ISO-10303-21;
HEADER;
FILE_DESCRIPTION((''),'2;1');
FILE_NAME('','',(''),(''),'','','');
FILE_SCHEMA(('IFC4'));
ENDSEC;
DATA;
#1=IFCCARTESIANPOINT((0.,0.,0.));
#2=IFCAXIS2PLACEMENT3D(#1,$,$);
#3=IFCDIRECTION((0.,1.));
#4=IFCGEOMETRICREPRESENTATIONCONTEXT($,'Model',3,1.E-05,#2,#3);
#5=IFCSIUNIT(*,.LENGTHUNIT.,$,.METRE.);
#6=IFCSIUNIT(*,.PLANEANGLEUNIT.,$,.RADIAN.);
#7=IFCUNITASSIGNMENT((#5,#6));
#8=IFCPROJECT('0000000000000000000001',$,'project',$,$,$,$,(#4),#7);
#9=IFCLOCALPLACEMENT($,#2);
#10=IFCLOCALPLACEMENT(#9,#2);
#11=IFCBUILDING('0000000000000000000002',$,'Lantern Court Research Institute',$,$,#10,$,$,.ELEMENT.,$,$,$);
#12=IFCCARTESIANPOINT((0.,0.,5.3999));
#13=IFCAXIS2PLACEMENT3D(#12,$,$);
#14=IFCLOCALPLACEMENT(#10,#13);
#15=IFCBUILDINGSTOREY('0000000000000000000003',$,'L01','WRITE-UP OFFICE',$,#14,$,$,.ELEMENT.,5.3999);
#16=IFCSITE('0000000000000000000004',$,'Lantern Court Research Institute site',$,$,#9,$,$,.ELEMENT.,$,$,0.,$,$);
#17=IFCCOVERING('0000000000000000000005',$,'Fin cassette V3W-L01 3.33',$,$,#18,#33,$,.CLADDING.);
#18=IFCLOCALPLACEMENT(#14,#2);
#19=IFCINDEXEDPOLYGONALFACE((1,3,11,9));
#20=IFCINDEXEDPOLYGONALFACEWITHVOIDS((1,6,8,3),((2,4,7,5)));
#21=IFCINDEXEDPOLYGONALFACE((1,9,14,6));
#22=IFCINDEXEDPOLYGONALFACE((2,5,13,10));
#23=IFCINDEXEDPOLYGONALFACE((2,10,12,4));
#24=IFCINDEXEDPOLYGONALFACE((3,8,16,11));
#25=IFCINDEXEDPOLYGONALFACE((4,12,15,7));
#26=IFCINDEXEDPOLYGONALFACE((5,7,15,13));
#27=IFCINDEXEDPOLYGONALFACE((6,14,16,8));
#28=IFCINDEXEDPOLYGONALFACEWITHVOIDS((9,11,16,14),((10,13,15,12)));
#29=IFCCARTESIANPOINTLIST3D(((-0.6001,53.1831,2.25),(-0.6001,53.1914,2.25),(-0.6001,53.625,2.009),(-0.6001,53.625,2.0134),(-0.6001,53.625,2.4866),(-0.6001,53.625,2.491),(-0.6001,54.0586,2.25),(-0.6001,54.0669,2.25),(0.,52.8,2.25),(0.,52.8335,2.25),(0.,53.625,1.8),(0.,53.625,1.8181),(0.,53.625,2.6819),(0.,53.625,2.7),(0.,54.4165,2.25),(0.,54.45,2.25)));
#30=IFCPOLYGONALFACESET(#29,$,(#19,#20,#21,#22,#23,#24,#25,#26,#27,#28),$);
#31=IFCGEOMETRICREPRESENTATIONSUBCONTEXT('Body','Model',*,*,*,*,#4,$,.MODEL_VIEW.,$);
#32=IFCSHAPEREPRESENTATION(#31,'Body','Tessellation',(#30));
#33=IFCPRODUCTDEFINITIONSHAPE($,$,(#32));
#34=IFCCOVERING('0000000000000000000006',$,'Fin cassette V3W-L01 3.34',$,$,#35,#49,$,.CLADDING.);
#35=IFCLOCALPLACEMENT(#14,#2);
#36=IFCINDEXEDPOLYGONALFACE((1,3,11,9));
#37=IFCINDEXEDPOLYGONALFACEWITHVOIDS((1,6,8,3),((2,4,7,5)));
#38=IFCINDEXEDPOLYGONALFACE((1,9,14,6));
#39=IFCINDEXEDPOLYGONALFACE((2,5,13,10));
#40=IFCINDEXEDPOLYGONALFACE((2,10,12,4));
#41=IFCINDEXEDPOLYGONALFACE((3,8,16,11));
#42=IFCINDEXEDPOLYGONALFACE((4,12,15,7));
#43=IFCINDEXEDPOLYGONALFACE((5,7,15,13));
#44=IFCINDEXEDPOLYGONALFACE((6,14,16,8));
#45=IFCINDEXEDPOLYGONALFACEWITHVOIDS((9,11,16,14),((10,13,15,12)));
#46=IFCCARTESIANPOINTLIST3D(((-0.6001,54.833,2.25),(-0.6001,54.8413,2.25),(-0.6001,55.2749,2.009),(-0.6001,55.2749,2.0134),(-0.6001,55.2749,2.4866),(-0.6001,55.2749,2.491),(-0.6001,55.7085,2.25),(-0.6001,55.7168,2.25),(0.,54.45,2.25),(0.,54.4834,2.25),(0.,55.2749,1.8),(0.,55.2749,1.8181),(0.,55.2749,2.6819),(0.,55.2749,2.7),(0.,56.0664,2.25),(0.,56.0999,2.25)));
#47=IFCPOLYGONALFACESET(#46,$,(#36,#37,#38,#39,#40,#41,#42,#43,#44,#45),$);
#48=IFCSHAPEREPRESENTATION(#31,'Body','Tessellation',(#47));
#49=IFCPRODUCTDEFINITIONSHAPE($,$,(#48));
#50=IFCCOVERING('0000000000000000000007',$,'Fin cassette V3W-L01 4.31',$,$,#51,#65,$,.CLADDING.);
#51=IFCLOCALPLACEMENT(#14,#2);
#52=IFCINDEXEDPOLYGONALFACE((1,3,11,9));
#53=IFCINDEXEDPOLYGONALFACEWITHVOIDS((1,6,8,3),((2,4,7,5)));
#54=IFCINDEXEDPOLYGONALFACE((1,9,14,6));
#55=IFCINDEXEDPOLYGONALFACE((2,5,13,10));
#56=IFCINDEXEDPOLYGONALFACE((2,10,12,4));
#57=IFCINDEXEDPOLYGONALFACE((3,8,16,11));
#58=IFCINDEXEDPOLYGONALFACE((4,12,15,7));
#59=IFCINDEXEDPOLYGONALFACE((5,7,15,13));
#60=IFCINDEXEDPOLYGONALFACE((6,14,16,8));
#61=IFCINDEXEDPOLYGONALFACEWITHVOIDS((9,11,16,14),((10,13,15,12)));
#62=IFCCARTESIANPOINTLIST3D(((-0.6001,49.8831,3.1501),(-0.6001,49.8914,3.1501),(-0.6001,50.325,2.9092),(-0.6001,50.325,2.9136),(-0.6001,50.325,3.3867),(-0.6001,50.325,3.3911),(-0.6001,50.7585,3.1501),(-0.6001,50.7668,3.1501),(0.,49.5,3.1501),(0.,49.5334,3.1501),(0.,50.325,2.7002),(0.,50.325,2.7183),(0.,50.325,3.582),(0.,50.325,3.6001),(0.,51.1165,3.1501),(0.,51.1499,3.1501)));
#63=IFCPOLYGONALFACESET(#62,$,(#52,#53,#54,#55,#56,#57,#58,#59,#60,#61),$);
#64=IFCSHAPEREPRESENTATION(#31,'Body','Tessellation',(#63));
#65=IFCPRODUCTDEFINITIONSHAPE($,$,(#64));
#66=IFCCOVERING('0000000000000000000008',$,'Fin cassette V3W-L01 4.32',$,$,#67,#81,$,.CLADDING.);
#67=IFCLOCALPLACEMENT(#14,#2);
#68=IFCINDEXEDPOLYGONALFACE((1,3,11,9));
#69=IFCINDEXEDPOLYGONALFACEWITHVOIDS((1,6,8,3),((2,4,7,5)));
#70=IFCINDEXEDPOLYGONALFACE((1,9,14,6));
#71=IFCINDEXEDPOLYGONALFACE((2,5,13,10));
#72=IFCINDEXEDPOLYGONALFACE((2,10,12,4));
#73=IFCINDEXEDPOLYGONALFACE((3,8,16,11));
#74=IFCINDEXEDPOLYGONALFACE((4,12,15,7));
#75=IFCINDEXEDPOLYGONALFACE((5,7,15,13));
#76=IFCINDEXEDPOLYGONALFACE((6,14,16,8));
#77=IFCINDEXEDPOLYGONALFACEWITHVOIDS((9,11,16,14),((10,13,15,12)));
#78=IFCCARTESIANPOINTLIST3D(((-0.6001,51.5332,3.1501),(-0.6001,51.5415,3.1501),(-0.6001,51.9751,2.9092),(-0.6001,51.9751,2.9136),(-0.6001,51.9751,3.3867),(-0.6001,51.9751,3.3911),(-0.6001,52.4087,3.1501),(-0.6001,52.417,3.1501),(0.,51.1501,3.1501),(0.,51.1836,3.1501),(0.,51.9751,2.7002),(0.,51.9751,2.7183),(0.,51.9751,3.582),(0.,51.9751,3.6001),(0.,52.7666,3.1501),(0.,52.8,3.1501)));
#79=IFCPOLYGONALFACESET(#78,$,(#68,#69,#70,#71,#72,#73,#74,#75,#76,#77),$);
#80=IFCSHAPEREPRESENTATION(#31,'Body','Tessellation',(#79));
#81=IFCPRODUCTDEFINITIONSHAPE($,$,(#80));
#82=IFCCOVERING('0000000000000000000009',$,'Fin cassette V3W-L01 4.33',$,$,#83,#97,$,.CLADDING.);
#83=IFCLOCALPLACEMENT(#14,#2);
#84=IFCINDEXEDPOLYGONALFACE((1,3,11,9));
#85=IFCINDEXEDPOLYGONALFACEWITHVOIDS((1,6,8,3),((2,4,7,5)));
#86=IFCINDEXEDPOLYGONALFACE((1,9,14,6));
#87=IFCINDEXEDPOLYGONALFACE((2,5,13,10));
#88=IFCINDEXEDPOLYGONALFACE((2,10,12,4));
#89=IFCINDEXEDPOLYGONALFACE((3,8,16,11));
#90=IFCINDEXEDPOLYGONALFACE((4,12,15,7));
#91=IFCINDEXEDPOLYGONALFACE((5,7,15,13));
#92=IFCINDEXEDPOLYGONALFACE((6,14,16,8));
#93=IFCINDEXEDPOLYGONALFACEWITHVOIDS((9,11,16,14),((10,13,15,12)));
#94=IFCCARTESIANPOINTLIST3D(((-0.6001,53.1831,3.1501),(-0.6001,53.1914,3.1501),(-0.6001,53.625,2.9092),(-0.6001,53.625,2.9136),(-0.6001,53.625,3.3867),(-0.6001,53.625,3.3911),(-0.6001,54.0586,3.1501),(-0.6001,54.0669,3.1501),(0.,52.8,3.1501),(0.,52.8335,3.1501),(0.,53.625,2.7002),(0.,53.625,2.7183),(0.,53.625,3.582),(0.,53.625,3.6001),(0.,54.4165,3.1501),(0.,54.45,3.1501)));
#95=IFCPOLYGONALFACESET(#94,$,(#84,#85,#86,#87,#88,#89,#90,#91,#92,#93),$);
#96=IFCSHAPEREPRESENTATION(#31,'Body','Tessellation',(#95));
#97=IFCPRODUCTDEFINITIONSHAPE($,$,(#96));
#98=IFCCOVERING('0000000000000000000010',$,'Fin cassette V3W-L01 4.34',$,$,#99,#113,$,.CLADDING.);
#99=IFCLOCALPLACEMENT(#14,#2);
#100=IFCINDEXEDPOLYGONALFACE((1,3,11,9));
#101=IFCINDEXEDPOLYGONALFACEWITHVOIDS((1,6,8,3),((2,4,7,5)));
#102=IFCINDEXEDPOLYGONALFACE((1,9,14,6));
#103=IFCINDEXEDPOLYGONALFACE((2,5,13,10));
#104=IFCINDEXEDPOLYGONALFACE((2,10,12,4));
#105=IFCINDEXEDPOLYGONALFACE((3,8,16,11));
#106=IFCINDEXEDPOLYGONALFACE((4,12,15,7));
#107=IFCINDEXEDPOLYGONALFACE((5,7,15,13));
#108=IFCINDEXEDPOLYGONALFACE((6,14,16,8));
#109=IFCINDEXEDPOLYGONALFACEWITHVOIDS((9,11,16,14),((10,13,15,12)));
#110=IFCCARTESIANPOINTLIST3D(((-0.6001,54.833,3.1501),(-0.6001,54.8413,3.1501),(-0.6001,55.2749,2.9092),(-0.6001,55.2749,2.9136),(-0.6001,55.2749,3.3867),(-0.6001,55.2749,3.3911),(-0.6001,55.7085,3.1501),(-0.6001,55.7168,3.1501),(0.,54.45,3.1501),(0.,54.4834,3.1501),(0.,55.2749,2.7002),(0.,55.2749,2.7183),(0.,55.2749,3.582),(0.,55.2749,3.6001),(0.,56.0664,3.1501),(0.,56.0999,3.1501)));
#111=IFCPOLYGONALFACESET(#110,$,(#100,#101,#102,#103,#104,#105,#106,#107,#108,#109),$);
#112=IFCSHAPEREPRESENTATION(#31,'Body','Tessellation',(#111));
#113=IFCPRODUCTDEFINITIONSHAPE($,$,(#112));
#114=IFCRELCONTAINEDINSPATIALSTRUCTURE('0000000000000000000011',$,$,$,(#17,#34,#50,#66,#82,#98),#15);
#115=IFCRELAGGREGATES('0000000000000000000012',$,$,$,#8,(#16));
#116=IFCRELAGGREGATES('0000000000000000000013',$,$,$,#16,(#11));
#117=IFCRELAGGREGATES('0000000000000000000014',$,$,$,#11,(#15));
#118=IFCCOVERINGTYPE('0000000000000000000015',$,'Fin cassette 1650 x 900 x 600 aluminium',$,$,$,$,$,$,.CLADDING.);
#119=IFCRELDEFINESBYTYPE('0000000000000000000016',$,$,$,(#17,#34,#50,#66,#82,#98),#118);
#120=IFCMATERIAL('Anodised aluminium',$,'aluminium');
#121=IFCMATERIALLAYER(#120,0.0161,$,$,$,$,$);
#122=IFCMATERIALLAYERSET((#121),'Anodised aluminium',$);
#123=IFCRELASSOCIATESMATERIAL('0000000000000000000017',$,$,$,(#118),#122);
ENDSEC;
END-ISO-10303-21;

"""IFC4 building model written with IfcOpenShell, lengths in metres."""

from ifc_helpers import new_model, entity, si_unit, direction, frame, origin, place, context, subcontext, project, spatial, material, layer, layer_set, type_object, element, save


model = new_model("IFC4")

# Units and contexts
model_context = context("Model", 3, precision=1e-05, world=origin(), true_north=direction((0.0, 1.0)))
body_context = subcontext(model_context, "Body", "Model", "MODEL_VIEW")
ifc_project = project(units=[si_unit("LENGTHUNIT", "METRE"), si_unit("PLANEANGLEUNIT", "RADIAN")], contexts=[model_context])

# Site, building, storey
site_placement = place(None, origin())
site = spatial("IfcSite", under=ifc_project, at=site_placement, Name="Lantern Court Research Institute site", CompositionType="ELEMENT", RefElevation=0.0)
building_placement = place(site_placement, origin())
building = spatial("IfcBuilding", under=site, at=building_placement, Name="Lantern Court Research Institute", CompositionType="ELEMENT")
storey_placement = place(building_placement, frame((0.0, 0.0, 5.3999)))
storey = spatial("IfcBuildingStorey", under=building, at=storey_placement, Name="L01", Description="WRITE-UP OFFICE", CompositionType="ELEMENT", Elevation=5.3999)

# Coverings
ifc_material_1 = material(Name="Anodised aluminium", Category="aluminium")
ifc_layer_1 = layer(ifc_material_1, 0.0161)
ifc_layer_set_1 = layer_set([ifc_layer_1], Name="Anodised aluminium")
covering_type = type_object("IfcCoveringType", Name="Fin cassette 1650 x 900 x 600 aluminium", PredefinedType="CLADDING", material=ifc_layer_set_1)
covering_1_placement = place(storey_placement, frame((0.0, 53.625, 2.25), z_axis=(-1.0, 0.0, 0.0), x_axis=(0.0, -1.0, 0.0)))
cartesian_point_1 = entity("IfcCartesianPoint", [0.825, 0.0])
cartesian_point_2 = entity("IfcCartesianPoint", [0.7915, 0.0])
cartesian_point_3 = entity("IfcCartesianPoint", [0.4419, 0.0])
cartesian_point_4 = entity("IfcCartesianPoint", [0.4336, 0.0])
element("IfcCovering", 1, at=covering_1_placement, inside=storey, type_object=covering_type, Name="Fin cassette V3W-L01 3.33", PredefinedType="CLADDING", context=body_context, shape_type="SweptSolid", body=[
    entity("IfcExtrudedAreaSolidTapered", entity("IfcArbitraryProfileDefWithVoids", "AREA", None, entity("IfcPolyline", [cartesian_point_1, entity("IfcCartesianPoint", [0.0, 0.45]), entity("IfcCartesianPoint", [-0.825, 0.0]), entity("IfcCartesianPoint", [0.0, -0.45]), cartesian_point_1]), [entity("IfcPolyline", [cartesian_point_2, entity("IfcCartesianPoint", [0.0, 0.4319]), entity("IfcCartesianPoint", [-0.7915, 0.0]), entity("IfcCartesianPoint", [0.0, -0.4319]), cartesian_point_2])]), entity("IfcAxis2Placement3D", entity("IfcCartesianPoint", [0.0, 0.0, 0.0])), entity("IfcDirection", [0.0, 0.0, 1.0]), 0.6001, entity("IfcArbitraryProfileDefWithVoids", "AREA", None, entity("IfcPolyline", [cartesian_point_3, entity("IfcCartesianPoint", [0.0, 0.241]), entity("IfcCartesianPoint", [-0.4419, 0.0]), entity("IfcCartesianPoint", [0.0, -0.241]), cartesian_point_3]), [entity("IfcPolyline", [cartesian_point_4, entity("IfcCartesianPoint", [0.0, 0.2366]), entity("IfcCartesianPoint", [-0.4336, 0.0]), entity("IfcCartesianPoint", [0.0, -0.2366]), cartesian_point_4])])),
])
covering_2_placement = place(storey_placement, frame((0.0, 55.2749, 2.25), z_axis=(-1.0, 0.0, 0.0), x_axis=(0.0, -1.0, 0.0)))
cartesian_point_5 = entity("IfcCartesianPoint", [0.825, 0.0])
cartesian_point_6 = entity("IfcCartesianPoint", [0.7915, 0.0])
cartesian_point_7 = entity("IfcCartesianPoint", [0.4419, 0.0])
cartesian_point_8 = entity("IfcCartesianPoint", [0.4336, 0.0])
element("IfcCovering", 2, at=covering_2_placement, inside=storey, type_object=covering_type, Name="Fin cassette V3W-L01 3.34", PredefinedType="CLADDING", context=body_context, shape_type="SweptSolid", body=[
    entity("IfcExtrudedAreaSolidTapered", entity("IfcArbitraryProfileDefWithVoids", "AREA", None, entity("IfcPolyline", [cartesian_point_5, entity("IfcCartesianPoint", [0.0, 0.45]), entity("IfcCartesianPoint", [-0.825, 0.0]), entity("IfcCartesianPoint", [0.0, -0.45]), cartesian_point_5]), [entity("IfcPolyline", [cartesian_point_6, entity("IfcCartesianPoint", [0.0, 0.4319]), entity("IfcCartesianPoint", [-0.7915, 0.0]), entity("IfcCartesianPoint", [0.0, -0.4319]), cartesian_point_6])]), entity("IfcAxis2Placement3D", entity("IfcCartesianPoint", [0.0, 0.0, 0.0])), entity("IfcDirection", [0.0, 0.0, 1.0]), 0.6001, entity("IfcArbitraryProfileDefWithVoids", "AREA", None, entity("IfcPolyline", [cartesian_point_7, entity("IfcCartesianPoint", [0.0, 0.241]), entity("IfcCartesianPoint", [-0.4419, 0.0]), entity("IfcCartesianPoint", [0.0, -0.241]), cartesian_point_7]), [entity("IfcPolyline", [cartesian_point_8, entity("IfcCartesianPoint", [0.0, 0.2366]), entity("IfcCartesianPoint", [-0.4336, 0.0]), entity("IfcCartesianPoint", [0.0, -0.2366]), cartesian_point_8])])),
])
covering_3_placement = place(storey_placement, frame((0.0, 50.325, 3.1501), z_axis=(-1.0, 0.0, 0.0), x_axis=(0.0, -1.0, 0.0)))
cartesian_point_9 = entity("IfcCartesianPoint", [0.825, 0.0])
cartesian_point_10 = entity("IfcCartesianPoint", [0.7915, 0.0])
cartesian_point_11 = entity("IfcCartesianPoint", [0.4419, 0.0])
cartesian_point_12 = entity("IfcCartesianPoint", [0.4336, 0.0])
element("IfcCovering", 3, at=covering_3_placement, inside=storey, type_object=covering_type, Name="Fin cassette V3W-L01 4.31", PredefinedType="CLADDING", context=body_context, shape_type="SweptSolid", body=[
    entity("IfcExtrudedAreaSolidTapered", entity("IfcArbitraryProfileDefWithVoids", "AREA", None, entity("IfcPolyline", [cartesian_point_9, entity("IfcCartesianPoint", [0.0, 0.45]), entity("IfcCartesianPoint", [-0.825, 0.0]), entity("IfcCartesianPoint", [0.0, -0.45]), cartesian_point_9]), [entity("IfcPolyline", [cartesian_point_10, entity("IfcCartesianPoint", [0.0, 0.4319]), entity("IfcCartesianPoint", [-0.7915, 0.0]), entity("IfcCartesianPoint", [0.0, -0.4319]), cartesian_point_10])]), entity("IfcAxis2Placement3D", entity("IfcCartesianPoint", [0.0, 0.0, 0.0])), entity("IfcDirection", [0.0, 0.0, 1.0]), 0.6001, entity("IfcArbitraryProfileDefWithVoids", "AREA", None, entity("IfcPolyline", [cartesian_point_11, entity("IfcCartesianPoint", [0.0, 0.241]), entity("IfcCartesianPoint", [-0.4419, 0.0]), entity("IfcCartesianPoint", [0.0, -0.241]), cartesian_point_11]), [entity("IfcPolyline", [cartesian_point_12, entity("IfcCartesianPoint", [0.0, 0.2366]), entity("IfcCartesianPoint", [-0.4336, 0.0]), entity("IfcCartesianPoint", [0.0, -0.2366]), cartesian_point_12])])),
])
covering_4_placement = place(storey_placement, frame((0.0, 51.9751, 3.1501), z_axis=(-1.0, 0.0, 0.0), x_axis=(0.0, -1.0, 0.0)))
cartesian_point_13 = entity("IfcCartesianPoint", [0.825, 0.0])
cartesian_point_14 = entity("IfcCartesianPoint", [0.7915, 0.0])
cartesian_point_15 = entity("IfcCartesianPoint", [0.4419, 0.0])
cartesian_point_16 = entity("IfcCartesianPoint", [0.4336, 0.0])
element("IfcCovering", 4, at=covering_4_placement, inside=storey, type_object=covering_type, Name="Fin cassette V3W-L01 4.32", PredefinedType="CLADDING", context=body_context, shape_type="SweptSolid", body=[
    entity("IfcExtrudedAreaSolidTapered", entity("IfcArbitraryProfileDefWithVoids", "AREA", None, entity("IfcPolyline", [cartesian_point_13, entity("IfcCartesianPoint", [0.0, 0.45]), entity("IfcCartesianPoint", [-0.825, 0.0]), entity("IfcCartesianPoint", [0.0, -0.45]), cartesian_point_13]), [entity("IfcPolyline", [cartesian_point_14, entity("IfcCartesianPoint", [0.0, 0.4319]), entity("IfcCartesianPoint", [-0.7915, 0.0]), entity("IfcCartesianPoint", [0.0, -0.4319]), cartesian_point_14])]), entity("IfcAxis2Placement3D", entity("IfcCartesianPoint", [0.0, 0.0, 0.0])), entity("IfcDirection", [0.0, 0.0, 1.0]), 0.6001, entity("IfcArbitraryProfileDefWithVoids", "AREA", None, entity("IfcPolyline", [cartesian_point_15, entity("IfcCartesianPoint", [0.0, 0.241]), entity("IfcCartesianPoint", [-0.4419, 0.0]), entity("IfcCartesianPoint", [0.0, -0.241]), cartesian_point_15]), [entity("IfcPolyline", [cartesian_point_16, entity("IfcCartesianPoint", [0.0, 0.2366]), entity("IfcCartesianPoint", [-0.4336, 0.0]), entity("IfcCartesianPoint", [0.0, -0.2366]), cartesian_point_16])])),
])
covering_5_placement = place(storey_placement, frame((0.0, 53.625, 3.1501), z_axis=(-1.0, 0.0, 0.0), x_axis=(0.0, -1.0, 0.0)))
cartesian_point_17 = entity("IfcCartesianPoint", [0.825, 0.0])
cartesian_point_18 = entity("IfcCartesianPoint", [0.7915, 0.0])
cartesian_point_19 = entity("IfcCartesianPoint", [0.4419, 0.0])
cartesian_point_20 = entity("IfcCartesianPoint", [0.4336, 0.0])
element("IfcCovering", 5, at=covering_5_placement, inside=storey, type_object=covering_type, Name="Fin cassette V3W-L01 4.33", PredefinedType="CLADDING", context=body_context, shape_type="SweptSolid", body=[
    entity("IfcExtrudedAreaSolidTapered", entity("IfcArbitraryProfileDefWithVoids", "AREA", None, entity("IfcPolyline", [cartesian_point_17, entity("IfcCartesianPoint", [0.0, 0.45]), entity("IfcCartesianPoint", [-0.825, 0.0]), entity("IfcCartesianPoint", [0.0, -0.45]), cartesian_point_17]), [entity("IfcPolyline", [cartesian_point_18, entity("IfcCartesianPoint", [0.0, 0.4319]), entity("IfcCartesianPoint", [-0.7915, 0.0]), entity("IfcCartesianPoint", [0.0, -0.4319]), cartesian_point_18])]), entity("IfcAxis2Placement3D", entity("IfcCartesianPoint", [0.0, 0.0, 0.0])), entity("IfcDirection", [0.0, 0.0, 1.0]), 0.6001, entity("IfcArbitraryProfileDefWithVoids", "AREA", None, entity("IfcPolyline", [cartesian_point_19, entity("IfcCartesianPoint", [0.0, 0.241]), entity("IfcCartesianPoint", [-0.4419, 0.0]), entity("IfcCartesianPoint", [0.0, -0.241]), cartesian_point_19]), [entity("IfcPolyline", [cartesian_point_20, entity("IfcCartesianPoint", [0.0, 0.2366]), entity("IfcCartesianPoint", [-0.4336, 0.0]), entity("IfcCartesianPoint", [0.0, -0.2366]), cartesian_point_20])])),
])
covering_6_placement = place(storey_placement, frame((0.0, 55.2749, 3.1501), z_axis=(-1.0, 0.0, 0.0), x_axis=(0.0, -1.0, 0.0)))
cartesian_point_21 = entity("IfcCartesianPoint", [0.825, 0.0])
cartesian_point_22 = entity("IfcCartesianPoint", [0.7915, 0.0])
cartesian_point_23 = entity("IfcCartesianPoint", [0.4419, 0.0])
cartesian_point_24 = entity("IfcCartesianPoint", [0.4336, 0.0])
element("IfcCovering", 6, at=covering_6_placement, inside=storey, type_object=covering_type, Name="Fin cassette V3W-L01 4.34", PredefinedType="CLADDING", context=body_context, shape_type="SweptSolid", body=[
    entity("IfcExtrudedAreaSolidTapered", entity("IfcArbitraryProfileDefWithVoids", "AREA", None, entity("IfcPolyline", [cartesian_point_21, entity("IfcCartesianPoint", [0.0, 0.45]), entity("IfcCartesianPoint", [-0.825, 0.0]), entity("IfcCartesianPoint", [0.0, -0.45]), cartesian_point_21]), [entity("IfcPolyline", [cartesian_point_22, entity("IfcCartesianPoint", [0.0, 0.4319]), entity("IfcCartesianPoint", [-0.7915, 0.0]), entity("IfcCartesianPoint", [0.0, -0.4319]), cartesian_point_22])]), entity("IfcAxis2Placement3D", entity("IfcCartesianPoint", [0.0, 0.0, 0.0])), entity("IfcDirection", [0.0, 0.0, 1.0]), 0.6001, entity("IfcArbitraryProfileDefWithVoids", "AREA", None, entity("IfcPolyline", [cartesian_point_23, entity("IfcCartesianPoint", [0.0, 0.241]), entity("IfcCartesianPoint", [-0.4419, 0.0]), entity("IfcCartesianPoint", [0.0, -0.241]), cartesian_point_23]), [entity("IfcPolyline", [cartesian_point_24, entity("IfcCartesianPoint", [0.0, 0.2366]), entity("IfcCartesianPoint", [-0.4336, 0.0]), entity("IfcCartesianPoint", [0.0, -0.2366]), cartesian_point_24])])),
])

save(model, "model.ifc")
